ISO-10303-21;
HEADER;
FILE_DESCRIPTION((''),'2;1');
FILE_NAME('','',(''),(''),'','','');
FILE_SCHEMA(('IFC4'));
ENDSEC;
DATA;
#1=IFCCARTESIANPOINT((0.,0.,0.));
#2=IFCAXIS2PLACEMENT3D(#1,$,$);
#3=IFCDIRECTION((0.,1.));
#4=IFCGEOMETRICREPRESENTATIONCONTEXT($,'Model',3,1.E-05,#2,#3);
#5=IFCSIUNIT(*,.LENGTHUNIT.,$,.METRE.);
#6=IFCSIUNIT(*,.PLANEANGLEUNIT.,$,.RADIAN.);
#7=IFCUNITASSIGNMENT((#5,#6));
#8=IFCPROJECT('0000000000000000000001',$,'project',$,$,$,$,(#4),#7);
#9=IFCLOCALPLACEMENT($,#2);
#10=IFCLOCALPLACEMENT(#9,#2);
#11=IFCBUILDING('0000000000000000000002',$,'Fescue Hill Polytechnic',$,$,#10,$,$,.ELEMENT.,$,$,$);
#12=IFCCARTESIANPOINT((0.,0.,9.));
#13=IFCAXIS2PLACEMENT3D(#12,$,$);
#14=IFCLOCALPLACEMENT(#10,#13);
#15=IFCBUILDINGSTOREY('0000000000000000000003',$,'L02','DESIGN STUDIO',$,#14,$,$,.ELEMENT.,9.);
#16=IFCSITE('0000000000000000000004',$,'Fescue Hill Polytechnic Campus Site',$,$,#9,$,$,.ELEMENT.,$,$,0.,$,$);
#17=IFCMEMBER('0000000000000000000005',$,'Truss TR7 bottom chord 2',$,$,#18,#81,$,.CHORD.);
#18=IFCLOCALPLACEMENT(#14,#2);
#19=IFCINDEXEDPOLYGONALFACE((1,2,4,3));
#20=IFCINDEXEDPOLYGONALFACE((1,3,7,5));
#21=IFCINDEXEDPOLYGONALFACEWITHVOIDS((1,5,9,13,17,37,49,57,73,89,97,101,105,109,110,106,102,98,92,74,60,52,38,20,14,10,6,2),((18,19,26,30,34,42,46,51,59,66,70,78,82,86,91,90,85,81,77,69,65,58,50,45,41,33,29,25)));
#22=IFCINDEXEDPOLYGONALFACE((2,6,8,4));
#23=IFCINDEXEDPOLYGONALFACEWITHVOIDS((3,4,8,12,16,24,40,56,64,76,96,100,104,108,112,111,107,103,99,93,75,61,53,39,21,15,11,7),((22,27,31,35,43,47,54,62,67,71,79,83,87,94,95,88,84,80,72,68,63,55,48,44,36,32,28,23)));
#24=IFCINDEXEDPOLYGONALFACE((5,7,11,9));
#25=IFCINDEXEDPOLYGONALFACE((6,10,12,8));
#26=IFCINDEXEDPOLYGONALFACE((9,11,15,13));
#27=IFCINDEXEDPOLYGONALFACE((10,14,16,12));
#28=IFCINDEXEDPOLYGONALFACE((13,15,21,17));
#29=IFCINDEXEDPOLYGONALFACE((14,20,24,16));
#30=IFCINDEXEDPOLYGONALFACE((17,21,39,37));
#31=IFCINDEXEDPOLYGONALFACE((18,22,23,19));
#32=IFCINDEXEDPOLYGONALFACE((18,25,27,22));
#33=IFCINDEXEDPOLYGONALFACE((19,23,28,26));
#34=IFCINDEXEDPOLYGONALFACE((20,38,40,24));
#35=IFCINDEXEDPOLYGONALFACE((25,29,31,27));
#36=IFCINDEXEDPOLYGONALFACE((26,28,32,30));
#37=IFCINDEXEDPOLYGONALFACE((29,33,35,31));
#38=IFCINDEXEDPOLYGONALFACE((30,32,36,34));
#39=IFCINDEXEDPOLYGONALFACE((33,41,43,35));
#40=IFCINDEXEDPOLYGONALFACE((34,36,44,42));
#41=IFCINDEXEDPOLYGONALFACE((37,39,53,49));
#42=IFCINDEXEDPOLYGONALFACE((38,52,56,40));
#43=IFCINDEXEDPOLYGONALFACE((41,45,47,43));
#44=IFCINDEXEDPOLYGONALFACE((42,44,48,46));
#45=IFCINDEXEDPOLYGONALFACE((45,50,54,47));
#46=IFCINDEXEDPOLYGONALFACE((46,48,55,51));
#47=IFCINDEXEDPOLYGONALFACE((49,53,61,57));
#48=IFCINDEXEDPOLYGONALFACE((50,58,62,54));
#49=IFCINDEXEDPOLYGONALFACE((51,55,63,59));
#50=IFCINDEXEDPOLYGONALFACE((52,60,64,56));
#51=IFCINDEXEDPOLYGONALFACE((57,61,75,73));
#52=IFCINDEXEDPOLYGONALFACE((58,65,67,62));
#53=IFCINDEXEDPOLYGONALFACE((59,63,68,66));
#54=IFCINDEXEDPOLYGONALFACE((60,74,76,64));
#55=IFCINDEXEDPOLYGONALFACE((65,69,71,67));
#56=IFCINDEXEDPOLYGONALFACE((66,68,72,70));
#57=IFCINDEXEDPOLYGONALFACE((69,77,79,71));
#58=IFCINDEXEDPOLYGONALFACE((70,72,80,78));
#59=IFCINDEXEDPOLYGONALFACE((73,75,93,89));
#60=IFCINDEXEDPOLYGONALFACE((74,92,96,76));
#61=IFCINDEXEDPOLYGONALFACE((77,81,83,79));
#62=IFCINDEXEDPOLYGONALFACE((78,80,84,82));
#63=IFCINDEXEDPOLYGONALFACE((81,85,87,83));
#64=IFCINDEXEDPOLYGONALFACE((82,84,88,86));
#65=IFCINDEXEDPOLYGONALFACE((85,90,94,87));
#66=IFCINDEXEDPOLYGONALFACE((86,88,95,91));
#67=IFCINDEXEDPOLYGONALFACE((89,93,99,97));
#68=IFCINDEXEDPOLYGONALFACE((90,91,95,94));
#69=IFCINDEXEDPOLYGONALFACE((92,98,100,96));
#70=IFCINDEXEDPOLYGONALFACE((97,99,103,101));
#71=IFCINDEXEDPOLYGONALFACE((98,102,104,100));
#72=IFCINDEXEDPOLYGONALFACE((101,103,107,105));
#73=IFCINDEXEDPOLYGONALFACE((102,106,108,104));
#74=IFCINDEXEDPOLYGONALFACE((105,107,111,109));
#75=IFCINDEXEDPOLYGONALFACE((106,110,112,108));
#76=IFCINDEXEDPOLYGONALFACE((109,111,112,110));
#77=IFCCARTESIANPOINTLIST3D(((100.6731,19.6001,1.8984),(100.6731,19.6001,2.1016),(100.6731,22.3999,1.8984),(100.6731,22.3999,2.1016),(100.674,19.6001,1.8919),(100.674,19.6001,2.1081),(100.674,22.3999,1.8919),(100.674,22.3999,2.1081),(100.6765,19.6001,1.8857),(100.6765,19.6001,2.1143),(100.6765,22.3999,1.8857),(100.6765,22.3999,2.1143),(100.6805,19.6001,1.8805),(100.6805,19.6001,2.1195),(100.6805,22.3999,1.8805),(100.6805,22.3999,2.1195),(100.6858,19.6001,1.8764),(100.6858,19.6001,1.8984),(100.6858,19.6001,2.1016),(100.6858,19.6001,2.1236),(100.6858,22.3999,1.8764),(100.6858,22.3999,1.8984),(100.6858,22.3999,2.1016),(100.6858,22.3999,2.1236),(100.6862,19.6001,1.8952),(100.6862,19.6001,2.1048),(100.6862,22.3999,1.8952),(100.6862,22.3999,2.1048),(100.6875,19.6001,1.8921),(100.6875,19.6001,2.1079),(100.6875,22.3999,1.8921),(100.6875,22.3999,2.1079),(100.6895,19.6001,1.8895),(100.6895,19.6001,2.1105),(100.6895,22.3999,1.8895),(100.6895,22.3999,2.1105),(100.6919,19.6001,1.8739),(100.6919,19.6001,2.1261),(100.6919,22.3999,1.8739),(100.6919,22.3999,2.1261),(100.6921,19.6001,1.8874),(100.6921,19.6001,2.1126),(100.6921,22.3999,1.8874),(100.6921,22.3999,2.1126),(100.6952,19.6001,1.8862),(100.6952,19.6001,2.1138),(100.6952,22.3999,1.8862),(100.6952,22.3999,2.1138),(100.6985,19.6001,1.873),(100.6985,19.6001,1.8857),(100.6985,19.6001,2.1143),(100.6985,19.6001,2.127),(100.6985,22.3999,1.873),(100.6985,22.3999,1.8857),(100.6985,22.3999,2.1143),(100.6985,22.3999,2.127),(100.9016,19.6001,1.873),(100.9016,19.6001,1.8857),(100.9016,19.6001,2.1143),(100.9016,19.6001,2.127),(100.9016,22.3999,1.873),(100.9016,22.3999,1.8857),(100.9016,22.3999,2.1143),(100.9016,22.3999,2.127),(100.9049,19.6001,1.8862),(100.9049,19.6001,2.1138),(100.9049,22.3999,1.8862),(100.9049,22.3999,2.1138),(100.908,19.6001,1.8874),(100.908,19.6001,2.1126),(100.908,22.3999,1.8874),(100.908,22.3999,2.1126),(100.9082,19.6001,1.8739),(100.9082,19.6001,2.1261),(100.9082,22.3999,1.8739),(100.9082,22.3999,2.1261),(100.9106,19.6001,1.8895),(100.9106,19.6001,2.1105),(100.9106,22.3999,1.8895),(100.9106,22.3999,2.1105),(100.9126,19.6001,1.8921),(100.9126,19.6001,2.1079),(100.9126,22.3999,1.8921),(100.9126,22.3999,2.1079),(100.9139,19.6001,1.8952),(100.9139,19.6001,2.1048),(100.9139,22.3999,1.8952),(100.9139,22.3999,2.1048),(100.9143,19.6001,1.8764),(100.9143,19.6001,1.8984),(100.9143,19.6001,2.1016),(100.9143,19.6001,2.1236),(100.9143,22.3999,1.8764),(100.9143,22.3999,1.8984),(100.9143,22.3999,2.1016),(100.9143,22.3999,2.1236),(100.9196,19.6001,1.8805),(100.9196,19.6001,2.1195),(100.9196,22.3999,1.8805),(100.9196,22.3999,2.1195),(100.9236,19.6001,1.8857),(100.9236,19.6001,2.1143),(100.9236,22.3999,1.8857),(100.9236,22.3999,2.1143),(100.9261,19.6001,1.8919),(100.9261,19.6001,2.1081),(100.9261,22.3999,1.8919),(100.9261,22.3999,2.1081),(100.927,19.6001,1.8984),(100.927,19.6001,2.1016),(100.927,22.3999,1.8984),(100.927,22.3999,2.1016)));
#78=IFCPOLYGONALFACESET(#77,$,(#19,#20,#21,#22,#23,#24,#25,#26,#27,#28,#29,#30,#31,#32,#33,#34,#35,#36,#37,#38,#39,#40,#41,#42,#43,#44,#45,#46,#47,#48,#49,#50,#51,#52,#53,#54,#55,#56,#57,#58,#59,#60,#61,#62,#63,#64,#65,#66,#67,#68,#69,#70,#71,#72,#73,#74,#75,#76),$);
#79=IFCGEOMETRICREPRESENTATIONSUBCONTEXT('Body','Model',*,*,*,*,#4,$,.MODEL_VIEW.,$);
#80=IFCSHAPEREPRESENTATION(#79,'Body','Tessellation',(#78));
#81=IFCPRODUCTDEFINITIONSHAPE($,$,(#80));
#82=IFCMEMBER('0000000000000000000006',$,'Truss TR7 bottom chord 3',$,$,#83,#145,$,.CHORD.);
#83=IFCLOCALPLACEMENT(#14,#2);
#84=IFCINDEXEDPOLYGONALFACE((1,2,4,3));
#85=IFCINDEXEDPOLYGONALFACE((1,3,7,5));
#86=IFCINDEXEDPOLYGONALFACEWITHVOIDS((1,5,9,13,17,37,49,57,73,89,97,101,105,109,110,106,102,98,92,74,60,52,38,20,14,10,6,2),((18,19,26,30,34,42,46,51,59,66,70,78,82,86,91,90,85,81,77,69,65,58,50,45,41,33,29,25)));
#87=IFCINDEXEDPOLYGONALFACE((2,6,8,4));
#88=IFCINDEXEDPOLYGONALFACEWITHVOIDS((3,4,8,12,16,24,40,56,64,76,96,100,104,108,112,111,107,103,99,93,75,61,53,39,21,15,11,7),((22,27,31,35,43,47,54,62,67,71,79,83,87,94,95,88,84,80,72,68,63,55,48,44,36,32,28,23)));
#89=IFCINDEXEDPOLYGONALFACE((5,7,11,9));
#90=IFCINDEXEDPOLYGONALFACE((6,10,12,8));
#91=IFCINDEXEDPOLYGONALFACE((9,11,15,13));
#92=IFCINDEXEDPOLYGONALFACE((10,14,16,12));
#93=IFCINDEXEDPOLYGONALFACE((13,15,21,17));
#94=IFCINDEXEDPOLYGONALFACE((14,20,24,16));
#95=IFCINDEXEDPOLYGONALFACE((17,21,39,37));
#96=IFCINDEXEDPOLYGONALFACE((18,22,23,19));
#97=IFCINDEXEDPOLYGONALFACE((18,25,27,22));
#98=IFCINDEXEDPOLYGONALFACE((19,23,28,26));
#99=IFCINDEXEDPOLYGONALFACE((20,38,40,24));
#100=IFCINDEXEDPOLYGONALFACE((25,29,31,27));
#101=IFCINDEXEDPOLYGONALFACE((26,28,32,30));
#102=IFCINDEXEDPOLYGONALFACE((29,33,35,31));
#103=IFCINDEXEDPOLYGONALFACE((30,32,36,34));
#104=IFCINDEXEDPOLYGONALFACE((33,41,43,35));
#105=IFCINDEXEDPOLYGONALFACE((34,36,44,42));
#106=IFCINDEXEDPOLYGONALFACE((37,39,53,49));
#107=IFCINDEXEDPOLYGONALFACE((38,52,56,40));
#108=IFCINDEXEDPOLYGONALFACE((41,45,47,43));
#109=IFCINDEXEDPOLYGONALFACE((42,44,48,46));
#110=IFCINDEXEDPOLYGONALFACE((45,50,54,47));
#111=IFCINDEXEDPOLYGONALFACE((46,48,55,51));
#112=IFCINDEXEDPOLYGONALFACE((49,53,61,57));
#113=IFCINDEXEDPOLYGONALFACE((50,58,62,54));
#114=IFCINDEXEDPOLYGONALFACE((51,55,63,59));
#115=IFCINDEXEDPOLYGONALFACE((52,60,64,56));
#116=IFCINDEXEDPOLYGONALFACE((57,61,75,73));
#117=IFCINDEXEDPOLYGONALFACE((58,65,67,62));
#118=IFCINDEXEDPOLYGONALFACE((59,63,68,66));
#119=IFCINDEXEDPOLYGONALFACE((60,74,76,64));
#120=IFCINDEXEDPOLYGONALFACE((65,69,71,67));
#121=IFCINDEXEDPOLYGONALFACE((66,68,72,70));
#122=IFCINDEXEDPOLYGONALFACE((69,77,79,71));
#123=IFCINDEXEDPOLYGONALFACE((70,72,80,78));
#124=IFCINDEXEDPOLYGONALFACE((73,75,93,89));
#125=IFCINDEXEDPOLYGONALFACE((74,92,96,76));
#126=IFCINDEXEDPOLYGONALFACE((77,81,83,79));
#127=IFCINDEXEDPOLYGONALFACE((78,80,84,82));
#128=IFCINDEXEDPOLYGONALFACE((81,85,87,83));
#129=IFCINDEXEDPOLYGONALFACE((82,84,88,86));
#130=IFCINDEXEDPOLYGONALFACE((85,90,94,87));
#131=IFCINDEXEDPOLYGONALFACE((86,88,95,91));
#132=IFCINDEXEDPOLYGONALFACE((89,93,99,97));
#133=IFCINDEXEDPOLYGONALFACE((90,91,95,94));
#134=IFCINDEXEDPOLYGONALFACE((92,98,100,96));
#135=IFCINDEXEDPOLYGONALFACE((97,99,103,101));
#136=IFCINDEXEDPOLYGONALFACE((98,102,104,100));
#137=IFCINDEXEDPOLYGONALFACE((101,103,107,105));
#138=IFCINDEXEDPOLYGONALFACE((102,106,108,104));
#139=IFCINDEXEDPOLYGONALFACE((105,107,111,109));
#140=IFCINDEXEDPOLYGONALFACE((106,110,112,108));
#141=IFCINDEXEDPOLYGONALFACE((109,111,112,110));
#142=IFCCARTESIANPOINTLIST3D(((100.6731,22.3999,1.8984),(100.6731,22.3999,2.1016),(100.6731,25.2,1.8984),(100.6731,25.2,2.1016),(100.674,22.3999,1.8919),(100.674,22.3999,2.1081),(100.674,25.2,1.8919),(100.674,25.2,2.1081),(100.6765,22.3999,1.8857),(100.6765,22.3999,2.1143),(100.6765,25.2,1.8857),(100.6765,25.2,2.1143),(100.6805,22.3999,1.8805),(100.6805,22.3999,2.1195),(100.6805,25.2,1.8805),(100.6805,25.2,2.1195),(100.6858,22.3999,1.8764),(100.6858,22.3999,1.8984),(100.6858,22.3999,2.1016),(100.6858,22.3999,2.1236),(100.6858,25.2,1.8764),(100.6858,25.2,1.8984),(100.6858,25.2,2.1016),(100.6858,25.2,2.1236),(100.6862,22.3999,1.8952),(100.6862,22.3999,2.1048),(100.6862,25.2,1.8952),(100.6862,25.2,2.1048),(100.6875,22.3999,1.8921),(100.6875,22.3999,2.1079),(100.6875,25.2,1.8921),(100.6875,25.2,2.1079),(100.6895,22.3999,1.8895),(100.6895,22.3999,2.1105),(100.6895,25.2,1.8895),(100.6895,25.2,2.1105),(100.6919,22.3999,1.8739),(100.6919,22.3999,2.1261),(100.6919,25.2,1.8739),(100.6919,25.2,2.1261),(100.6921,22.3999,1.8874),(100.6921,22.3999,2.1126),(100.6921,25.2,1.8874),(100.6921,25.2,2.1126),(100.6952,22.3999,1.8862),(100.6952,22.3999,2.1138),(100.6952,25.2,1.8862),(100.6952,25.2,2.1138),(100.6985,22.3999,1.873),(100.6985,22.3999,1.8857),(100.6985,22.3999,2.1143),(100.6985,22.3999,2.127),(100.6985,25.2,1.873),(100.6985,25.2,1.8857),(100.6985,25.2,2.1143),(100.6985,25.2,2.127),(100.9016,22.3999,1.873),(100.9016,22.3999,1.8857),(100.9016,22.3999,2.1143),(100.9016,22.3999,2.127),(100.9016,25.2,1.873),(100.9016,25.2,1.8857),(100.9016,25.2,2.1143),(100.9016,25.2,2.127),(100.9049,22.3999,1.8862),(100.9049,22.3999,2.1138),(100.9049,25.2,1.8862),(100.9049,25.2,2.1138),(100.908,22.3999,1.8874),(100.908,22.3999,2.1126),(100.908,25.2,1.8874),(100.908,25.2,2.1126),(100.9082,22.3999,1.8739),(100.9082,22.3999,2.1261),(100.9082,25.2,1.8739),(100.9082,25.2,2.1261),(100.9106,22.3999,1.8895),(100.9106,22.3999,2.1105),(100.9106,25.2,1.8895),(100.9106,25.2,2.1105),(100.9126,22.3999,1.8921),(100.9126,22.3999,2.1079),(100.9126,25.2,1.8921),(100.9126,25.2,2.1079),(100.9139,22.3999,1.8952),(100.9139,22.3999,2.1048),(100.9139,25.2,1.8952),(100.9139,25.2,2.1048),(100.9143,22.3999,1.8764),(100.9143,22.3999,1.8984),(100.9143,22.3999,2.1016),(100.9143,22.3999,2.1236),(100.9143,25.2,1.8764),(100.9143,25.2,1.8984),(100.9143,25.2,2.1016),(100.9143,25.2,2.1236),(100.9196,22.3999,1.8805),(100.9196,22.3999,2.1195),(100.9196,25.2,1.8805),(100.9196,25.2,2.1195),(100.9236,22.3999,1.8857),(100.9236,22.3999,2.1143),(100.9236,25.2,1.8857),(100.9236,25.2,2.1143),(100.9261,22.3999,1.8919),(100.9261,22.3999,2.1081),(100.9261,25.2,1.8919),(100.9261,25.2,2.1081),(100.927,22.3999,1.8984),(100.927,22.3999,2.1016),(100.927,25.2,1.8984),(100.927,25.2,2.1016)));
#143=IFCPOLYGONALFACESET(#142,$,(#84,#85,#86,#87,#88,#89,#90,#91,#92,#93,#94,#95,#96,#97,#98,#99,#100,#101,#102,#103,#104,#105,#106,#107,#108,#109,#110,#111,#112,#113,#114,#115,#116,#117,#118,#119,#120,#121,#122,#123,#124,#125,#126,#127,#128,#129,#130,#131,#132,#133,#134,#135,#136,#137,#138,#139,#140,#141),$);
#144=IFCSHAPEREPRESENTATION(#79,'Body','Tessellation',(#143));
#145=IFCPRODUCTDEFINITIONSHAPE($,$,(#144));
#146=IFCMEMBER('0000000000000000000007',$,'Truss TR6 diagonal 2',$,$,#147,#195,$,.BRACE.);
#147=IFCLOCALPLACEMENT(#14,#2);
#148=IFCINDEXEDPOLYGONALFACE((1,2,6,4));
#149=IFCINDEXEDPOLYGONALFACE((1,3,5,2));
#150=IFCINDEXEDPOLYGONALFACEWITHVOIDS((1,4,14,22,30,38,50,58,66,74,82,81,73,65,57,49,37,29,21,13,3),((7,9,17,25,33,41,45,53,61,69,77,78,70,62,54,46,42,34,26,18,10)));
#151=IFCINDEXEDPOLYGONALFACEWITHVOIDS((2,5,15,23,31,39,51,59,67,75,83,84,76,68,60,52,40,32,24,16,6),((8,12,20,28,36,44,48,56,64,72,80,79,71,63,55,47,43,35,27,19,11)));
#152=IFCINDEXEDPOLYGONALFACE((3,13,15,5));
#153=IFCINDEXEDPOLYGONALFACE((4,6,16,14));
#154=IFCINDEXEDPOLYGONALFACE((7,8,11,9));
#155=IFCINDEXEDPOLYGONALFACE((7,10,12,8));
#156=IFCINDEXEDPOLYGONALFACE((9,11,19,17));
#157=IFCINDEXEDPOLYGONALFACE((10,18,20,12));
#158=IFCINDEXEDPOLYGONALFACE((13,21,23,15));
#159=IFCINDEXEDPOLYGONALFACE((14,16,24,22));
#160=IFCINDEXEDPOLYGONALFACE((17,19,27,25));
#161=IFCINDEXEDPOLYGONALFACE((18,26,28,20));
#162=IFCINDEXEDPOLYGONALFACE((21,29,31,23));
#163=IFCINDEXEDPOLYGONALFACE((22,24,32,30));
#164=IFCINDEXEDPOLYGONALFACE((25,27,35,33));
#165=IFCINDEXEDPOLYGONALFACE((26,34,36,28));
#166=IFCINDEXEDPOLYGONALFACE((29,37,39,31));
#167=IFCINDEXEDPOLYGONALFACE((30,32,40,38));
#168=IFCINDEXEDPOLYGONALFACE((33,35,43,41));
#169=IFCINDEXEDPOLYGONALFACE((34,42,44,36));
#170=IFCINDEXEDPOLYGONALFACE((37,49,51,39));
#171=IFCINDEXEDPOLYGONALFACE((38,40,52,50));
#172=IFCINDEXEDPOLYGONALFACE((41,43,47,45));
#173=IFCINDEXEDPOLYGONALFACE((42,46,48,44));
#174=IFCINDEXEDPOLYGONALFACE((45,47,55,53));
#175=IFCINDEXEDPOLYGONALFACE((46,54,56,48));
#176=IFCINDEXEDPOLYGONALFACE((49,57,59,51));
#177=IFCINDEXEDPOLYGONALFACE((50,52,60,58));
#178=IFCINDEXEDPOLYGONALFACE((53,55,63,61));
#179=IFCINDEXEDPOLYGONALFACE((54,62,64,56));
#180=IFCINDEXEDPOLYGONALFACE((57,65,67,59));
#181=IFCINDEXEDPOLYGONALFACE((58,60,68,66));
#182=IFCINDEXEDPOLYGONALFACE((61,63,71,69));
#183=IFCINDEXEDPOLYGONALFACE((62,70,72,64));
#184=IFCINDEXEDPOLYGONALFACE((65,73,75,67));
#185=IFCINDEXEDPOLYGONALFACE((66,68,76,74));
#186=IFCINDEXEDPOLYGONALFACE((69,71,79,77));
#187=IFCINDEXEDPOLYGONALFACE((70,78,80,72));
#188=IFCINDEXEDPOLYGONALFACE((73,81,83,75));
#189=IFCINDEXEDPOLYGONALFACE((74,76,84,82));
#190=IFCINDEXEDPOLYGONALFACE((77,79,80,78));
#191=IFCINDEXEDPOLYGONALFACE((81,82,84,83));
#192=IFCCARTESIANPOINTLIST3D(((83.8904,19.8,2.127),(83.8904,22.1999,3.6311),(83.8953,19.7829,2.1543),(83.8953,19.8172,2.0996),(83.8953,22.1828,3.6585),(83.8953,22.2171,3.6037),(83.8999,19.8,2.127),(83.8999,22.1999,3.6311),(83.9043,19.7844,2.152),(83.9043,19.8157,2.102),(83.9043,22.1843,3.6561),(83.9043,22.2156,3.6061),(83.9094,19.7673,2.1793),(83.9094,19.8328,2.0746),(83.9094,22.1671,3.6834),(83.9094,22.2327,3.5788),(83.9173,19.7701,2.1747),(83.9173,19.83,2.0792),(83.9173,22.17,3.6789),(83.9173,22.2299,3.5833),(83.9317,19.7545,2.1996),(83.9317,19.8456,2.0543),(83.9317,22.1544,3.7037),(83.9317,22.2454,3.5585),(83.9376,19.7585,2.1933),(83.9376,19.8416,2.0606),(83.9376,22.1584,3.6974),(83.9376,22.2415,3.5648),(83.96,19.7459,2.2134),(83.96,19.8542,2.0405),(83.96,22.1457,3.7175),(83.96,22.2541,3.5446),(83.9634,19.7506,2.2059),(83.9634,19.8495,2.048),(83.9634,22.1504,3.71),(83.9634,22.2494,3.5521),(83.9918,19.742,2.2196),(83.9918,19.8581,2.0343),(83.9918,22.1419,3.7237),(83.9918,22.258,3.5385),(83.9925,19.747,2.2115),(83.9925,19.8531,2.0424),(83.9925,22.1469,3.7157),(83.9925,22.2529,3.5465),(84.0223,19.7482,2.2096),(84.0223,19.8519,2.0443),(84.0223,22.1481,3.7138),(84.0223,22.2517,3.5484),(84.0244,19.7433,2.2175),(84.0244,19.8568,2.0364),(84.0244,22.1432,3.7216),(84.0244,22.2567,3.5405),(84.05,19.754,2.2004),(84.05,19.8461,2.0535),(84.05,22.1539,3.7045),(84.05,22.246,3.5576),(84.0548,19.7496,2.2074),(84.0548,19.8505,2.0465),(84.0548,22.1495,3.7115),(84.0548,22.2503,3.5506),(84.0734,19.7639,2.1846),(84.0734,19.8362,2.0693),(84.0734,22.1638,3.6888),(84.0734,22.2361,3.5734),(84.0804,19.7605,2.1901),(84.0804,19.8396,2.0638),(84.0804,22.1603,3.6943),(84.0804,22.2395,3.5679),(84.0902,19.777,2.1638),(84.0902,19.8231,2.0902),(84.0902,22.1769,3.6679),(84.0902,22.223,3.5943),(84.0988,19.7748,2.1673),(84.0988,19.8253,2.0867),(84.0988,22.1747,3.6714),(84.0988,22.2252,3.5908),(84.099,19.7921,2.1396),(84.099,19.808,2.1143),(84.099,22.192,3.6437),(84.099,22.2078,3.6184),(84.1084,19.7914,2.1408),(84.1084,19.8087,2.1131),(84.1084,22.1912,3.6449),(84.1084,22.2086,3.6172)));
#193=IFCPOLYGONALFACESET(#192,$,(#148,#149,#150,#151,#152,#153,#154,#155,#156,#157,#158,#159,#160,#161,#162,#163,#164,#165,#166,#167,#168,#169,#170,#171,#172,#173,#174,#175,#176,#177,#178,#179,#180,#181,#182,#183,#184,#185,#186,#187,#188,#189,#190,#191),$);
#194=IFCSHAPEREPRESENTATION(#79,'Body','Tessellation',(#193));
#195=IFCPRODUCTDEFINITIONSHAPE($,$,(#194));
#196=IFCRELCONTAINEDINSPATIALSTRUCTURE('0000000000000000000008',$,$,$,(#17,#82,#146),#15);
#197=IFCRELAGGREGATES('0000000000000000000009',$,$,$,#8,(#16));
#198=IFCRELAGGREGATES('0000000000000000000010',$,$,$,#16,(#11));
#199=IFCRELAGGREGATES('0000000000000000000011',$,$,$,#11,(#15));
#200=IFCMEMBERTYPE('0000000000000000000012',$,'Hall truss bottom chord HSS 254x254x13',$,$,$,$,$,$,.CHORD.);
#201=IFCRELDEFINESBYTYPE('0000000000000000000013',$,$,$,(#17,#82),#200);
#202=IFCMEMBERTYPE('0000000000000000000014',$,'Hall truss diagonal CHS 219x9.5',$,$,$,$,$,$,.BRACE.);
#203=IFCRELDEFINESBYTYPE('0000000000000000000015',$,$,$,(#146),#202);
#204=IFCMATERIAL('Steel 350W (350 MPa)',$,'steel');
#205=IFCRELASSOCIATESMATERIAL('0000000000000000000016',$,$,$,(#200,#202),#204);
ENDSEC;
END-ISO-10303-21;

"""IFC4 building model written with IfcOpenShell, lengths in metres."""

from ifc_helpers import new_model, si_unit, direction, frame, origin, origin_2d, place, context, subcontext, project, spatial, hollow_rectangle, hollow_circle, extrude, material, material_profile, profile_set, type_object, element, save


model = new_model("IFC4")

# Units and contexts
model_context = context("Model", 3, precision=1e-05, world=origin(), true_north=direction((0.0, 1.0)))
body_context = subcontext(model_context, "Body", "Model", "MODEL_VIEW")
ifc_project = project(units=[si_unit("LENGTHUNIT", "METRE"), si_unit("PLANEANGLEUNIT", "RADIAN")], contexts=[model_context])

# Site, building, storey
site_placement = place(None, origin())
site = spatial("IfcSite", under=ifc_project, at=site_placement, Name="Fescue Hill Polytechnic Campus Site", CompositionType="ELEMENT", RefElevation=0.0)
building_placement = place(site_placement, origin())
building = spatial("IfcBuilding", under=site, at=building_placement, Name="Fescue Hill Polytechnic", CompositionType="ELEMENT")
storey_placement = place(building_placement, frame((0.0, 0.0, 9.0)))
storey = spatial("IfcBuildingStorey", under=building, at=storey_placement, Name="L02", Description="DESIGN STUDIO", CompositionType="ELEMENT", Elevation=9.0)

# Members
ifc_material_1 = material(Name="Steel 350W (350 MPa)", Category="steel")
ifc_material_profile_1 = material_profile(ifc_material_1, hollow_rectangle(XDim=0.2539, YDim=0.2539, WallThickness=0.0127, InnerFilletRadius=0.0127, OuterFilletRadius=0.0254, at=origin_2d()), Name="Hall truss bottom chord HSS 254x254x13")
ifc_profile_set_1 = profile_set([ifc_material_profile_1], Name="Steel 350W (350 MPa)")
member_type_1 = type_object("IfcMemberType", Name="Hall truss bottom chord HSS 254x254x13", PredefinedType="CHORD", material=ifc_profile_set_1)
member_1_placement = place(storey_placement, frame((100.8, 19.6001, 2.0), z_axis=(0.0, 1.0, 0.0), x_axis=(-1.0, 0.0, 0.0)))
element("IfcMember", 1, at=member_1_placement, inside=storey, type_object=member_type_1, Name="Truss TR7 bottom chord 2", PredefinedType="CHORD", context=body_context, shape_type="SweptSolid", body=[
    extrude(hollow_rectangle(XDim=0.2539, YDim=0.2539, WallThickness=0.0127, InnerFilletRadius=0.0127, OuterFilletRadius=0.0254, at=origin_2d()), origin(), (0.0, 0.0, 1.0), 2.7998),
])
member_2_placement = place(storey_placement, frame((100.8, 22.3999, 2.0), z_axis=(0.0, 1.0, 0.0), x_axis=(-1.0, 0.0, 0.0)))
element("IfcMember", 2, at=member_2_placement, inside=storey, type_object=member_type_1, Name="Truss TR7 bottom chord 3", PredefinedType="CHORD", context=body_context, shape_type="SweptSolid", body=[
    extrude(hollow_rectangle(XDim=0.2539, YDim=0.2539, WallThickness=0.0127, InnerFilletRadius=0.0127, OuterFilletRadius=0.0254, at=origin_2d()), origin(), (0.0, 0.0, 1.0), 2.8),
])
ifc_material_profile_2 = material_profile(ifc_material_1, hollow_circle(Radius=0.1096, WallThickness=0.0095, at=origin_2d()), Name="Hall truss diagonal CHS 219x9.5")
ifc_profile_set_2 = profile_set([ifc_material_profile_2], Name="Steel 350W (350 MPa)")
member_type_2 = type_object("IfcMemberType", Name="Hall truss diagonal CHS 219x9.5", PredefinedType="BRACE", material=ifc_profile_set_2)
member_3_placement = place(storey_placement, frame((84.0, 19.8, 2.127), z_axis=(0.0, 0.847329, 0.531068), x_axis=(-1.0, 0.0, 0.0)))
element("IfcMember", 3, at=member_3_placement, inside=storey, type_object=member_type_2, Name="Truss TR6 diagonal 2", PredefinedType="BRACE", context=body_context, shape_type="SweptSolid", body=[
    extrude(hollow_circle(Radius=0.1096, WallThickness=0.0095, at=origin_2d()), origin(), (0.0, 0.0, 1.0), 2.8323),
])

save(model, "model.ifc")
